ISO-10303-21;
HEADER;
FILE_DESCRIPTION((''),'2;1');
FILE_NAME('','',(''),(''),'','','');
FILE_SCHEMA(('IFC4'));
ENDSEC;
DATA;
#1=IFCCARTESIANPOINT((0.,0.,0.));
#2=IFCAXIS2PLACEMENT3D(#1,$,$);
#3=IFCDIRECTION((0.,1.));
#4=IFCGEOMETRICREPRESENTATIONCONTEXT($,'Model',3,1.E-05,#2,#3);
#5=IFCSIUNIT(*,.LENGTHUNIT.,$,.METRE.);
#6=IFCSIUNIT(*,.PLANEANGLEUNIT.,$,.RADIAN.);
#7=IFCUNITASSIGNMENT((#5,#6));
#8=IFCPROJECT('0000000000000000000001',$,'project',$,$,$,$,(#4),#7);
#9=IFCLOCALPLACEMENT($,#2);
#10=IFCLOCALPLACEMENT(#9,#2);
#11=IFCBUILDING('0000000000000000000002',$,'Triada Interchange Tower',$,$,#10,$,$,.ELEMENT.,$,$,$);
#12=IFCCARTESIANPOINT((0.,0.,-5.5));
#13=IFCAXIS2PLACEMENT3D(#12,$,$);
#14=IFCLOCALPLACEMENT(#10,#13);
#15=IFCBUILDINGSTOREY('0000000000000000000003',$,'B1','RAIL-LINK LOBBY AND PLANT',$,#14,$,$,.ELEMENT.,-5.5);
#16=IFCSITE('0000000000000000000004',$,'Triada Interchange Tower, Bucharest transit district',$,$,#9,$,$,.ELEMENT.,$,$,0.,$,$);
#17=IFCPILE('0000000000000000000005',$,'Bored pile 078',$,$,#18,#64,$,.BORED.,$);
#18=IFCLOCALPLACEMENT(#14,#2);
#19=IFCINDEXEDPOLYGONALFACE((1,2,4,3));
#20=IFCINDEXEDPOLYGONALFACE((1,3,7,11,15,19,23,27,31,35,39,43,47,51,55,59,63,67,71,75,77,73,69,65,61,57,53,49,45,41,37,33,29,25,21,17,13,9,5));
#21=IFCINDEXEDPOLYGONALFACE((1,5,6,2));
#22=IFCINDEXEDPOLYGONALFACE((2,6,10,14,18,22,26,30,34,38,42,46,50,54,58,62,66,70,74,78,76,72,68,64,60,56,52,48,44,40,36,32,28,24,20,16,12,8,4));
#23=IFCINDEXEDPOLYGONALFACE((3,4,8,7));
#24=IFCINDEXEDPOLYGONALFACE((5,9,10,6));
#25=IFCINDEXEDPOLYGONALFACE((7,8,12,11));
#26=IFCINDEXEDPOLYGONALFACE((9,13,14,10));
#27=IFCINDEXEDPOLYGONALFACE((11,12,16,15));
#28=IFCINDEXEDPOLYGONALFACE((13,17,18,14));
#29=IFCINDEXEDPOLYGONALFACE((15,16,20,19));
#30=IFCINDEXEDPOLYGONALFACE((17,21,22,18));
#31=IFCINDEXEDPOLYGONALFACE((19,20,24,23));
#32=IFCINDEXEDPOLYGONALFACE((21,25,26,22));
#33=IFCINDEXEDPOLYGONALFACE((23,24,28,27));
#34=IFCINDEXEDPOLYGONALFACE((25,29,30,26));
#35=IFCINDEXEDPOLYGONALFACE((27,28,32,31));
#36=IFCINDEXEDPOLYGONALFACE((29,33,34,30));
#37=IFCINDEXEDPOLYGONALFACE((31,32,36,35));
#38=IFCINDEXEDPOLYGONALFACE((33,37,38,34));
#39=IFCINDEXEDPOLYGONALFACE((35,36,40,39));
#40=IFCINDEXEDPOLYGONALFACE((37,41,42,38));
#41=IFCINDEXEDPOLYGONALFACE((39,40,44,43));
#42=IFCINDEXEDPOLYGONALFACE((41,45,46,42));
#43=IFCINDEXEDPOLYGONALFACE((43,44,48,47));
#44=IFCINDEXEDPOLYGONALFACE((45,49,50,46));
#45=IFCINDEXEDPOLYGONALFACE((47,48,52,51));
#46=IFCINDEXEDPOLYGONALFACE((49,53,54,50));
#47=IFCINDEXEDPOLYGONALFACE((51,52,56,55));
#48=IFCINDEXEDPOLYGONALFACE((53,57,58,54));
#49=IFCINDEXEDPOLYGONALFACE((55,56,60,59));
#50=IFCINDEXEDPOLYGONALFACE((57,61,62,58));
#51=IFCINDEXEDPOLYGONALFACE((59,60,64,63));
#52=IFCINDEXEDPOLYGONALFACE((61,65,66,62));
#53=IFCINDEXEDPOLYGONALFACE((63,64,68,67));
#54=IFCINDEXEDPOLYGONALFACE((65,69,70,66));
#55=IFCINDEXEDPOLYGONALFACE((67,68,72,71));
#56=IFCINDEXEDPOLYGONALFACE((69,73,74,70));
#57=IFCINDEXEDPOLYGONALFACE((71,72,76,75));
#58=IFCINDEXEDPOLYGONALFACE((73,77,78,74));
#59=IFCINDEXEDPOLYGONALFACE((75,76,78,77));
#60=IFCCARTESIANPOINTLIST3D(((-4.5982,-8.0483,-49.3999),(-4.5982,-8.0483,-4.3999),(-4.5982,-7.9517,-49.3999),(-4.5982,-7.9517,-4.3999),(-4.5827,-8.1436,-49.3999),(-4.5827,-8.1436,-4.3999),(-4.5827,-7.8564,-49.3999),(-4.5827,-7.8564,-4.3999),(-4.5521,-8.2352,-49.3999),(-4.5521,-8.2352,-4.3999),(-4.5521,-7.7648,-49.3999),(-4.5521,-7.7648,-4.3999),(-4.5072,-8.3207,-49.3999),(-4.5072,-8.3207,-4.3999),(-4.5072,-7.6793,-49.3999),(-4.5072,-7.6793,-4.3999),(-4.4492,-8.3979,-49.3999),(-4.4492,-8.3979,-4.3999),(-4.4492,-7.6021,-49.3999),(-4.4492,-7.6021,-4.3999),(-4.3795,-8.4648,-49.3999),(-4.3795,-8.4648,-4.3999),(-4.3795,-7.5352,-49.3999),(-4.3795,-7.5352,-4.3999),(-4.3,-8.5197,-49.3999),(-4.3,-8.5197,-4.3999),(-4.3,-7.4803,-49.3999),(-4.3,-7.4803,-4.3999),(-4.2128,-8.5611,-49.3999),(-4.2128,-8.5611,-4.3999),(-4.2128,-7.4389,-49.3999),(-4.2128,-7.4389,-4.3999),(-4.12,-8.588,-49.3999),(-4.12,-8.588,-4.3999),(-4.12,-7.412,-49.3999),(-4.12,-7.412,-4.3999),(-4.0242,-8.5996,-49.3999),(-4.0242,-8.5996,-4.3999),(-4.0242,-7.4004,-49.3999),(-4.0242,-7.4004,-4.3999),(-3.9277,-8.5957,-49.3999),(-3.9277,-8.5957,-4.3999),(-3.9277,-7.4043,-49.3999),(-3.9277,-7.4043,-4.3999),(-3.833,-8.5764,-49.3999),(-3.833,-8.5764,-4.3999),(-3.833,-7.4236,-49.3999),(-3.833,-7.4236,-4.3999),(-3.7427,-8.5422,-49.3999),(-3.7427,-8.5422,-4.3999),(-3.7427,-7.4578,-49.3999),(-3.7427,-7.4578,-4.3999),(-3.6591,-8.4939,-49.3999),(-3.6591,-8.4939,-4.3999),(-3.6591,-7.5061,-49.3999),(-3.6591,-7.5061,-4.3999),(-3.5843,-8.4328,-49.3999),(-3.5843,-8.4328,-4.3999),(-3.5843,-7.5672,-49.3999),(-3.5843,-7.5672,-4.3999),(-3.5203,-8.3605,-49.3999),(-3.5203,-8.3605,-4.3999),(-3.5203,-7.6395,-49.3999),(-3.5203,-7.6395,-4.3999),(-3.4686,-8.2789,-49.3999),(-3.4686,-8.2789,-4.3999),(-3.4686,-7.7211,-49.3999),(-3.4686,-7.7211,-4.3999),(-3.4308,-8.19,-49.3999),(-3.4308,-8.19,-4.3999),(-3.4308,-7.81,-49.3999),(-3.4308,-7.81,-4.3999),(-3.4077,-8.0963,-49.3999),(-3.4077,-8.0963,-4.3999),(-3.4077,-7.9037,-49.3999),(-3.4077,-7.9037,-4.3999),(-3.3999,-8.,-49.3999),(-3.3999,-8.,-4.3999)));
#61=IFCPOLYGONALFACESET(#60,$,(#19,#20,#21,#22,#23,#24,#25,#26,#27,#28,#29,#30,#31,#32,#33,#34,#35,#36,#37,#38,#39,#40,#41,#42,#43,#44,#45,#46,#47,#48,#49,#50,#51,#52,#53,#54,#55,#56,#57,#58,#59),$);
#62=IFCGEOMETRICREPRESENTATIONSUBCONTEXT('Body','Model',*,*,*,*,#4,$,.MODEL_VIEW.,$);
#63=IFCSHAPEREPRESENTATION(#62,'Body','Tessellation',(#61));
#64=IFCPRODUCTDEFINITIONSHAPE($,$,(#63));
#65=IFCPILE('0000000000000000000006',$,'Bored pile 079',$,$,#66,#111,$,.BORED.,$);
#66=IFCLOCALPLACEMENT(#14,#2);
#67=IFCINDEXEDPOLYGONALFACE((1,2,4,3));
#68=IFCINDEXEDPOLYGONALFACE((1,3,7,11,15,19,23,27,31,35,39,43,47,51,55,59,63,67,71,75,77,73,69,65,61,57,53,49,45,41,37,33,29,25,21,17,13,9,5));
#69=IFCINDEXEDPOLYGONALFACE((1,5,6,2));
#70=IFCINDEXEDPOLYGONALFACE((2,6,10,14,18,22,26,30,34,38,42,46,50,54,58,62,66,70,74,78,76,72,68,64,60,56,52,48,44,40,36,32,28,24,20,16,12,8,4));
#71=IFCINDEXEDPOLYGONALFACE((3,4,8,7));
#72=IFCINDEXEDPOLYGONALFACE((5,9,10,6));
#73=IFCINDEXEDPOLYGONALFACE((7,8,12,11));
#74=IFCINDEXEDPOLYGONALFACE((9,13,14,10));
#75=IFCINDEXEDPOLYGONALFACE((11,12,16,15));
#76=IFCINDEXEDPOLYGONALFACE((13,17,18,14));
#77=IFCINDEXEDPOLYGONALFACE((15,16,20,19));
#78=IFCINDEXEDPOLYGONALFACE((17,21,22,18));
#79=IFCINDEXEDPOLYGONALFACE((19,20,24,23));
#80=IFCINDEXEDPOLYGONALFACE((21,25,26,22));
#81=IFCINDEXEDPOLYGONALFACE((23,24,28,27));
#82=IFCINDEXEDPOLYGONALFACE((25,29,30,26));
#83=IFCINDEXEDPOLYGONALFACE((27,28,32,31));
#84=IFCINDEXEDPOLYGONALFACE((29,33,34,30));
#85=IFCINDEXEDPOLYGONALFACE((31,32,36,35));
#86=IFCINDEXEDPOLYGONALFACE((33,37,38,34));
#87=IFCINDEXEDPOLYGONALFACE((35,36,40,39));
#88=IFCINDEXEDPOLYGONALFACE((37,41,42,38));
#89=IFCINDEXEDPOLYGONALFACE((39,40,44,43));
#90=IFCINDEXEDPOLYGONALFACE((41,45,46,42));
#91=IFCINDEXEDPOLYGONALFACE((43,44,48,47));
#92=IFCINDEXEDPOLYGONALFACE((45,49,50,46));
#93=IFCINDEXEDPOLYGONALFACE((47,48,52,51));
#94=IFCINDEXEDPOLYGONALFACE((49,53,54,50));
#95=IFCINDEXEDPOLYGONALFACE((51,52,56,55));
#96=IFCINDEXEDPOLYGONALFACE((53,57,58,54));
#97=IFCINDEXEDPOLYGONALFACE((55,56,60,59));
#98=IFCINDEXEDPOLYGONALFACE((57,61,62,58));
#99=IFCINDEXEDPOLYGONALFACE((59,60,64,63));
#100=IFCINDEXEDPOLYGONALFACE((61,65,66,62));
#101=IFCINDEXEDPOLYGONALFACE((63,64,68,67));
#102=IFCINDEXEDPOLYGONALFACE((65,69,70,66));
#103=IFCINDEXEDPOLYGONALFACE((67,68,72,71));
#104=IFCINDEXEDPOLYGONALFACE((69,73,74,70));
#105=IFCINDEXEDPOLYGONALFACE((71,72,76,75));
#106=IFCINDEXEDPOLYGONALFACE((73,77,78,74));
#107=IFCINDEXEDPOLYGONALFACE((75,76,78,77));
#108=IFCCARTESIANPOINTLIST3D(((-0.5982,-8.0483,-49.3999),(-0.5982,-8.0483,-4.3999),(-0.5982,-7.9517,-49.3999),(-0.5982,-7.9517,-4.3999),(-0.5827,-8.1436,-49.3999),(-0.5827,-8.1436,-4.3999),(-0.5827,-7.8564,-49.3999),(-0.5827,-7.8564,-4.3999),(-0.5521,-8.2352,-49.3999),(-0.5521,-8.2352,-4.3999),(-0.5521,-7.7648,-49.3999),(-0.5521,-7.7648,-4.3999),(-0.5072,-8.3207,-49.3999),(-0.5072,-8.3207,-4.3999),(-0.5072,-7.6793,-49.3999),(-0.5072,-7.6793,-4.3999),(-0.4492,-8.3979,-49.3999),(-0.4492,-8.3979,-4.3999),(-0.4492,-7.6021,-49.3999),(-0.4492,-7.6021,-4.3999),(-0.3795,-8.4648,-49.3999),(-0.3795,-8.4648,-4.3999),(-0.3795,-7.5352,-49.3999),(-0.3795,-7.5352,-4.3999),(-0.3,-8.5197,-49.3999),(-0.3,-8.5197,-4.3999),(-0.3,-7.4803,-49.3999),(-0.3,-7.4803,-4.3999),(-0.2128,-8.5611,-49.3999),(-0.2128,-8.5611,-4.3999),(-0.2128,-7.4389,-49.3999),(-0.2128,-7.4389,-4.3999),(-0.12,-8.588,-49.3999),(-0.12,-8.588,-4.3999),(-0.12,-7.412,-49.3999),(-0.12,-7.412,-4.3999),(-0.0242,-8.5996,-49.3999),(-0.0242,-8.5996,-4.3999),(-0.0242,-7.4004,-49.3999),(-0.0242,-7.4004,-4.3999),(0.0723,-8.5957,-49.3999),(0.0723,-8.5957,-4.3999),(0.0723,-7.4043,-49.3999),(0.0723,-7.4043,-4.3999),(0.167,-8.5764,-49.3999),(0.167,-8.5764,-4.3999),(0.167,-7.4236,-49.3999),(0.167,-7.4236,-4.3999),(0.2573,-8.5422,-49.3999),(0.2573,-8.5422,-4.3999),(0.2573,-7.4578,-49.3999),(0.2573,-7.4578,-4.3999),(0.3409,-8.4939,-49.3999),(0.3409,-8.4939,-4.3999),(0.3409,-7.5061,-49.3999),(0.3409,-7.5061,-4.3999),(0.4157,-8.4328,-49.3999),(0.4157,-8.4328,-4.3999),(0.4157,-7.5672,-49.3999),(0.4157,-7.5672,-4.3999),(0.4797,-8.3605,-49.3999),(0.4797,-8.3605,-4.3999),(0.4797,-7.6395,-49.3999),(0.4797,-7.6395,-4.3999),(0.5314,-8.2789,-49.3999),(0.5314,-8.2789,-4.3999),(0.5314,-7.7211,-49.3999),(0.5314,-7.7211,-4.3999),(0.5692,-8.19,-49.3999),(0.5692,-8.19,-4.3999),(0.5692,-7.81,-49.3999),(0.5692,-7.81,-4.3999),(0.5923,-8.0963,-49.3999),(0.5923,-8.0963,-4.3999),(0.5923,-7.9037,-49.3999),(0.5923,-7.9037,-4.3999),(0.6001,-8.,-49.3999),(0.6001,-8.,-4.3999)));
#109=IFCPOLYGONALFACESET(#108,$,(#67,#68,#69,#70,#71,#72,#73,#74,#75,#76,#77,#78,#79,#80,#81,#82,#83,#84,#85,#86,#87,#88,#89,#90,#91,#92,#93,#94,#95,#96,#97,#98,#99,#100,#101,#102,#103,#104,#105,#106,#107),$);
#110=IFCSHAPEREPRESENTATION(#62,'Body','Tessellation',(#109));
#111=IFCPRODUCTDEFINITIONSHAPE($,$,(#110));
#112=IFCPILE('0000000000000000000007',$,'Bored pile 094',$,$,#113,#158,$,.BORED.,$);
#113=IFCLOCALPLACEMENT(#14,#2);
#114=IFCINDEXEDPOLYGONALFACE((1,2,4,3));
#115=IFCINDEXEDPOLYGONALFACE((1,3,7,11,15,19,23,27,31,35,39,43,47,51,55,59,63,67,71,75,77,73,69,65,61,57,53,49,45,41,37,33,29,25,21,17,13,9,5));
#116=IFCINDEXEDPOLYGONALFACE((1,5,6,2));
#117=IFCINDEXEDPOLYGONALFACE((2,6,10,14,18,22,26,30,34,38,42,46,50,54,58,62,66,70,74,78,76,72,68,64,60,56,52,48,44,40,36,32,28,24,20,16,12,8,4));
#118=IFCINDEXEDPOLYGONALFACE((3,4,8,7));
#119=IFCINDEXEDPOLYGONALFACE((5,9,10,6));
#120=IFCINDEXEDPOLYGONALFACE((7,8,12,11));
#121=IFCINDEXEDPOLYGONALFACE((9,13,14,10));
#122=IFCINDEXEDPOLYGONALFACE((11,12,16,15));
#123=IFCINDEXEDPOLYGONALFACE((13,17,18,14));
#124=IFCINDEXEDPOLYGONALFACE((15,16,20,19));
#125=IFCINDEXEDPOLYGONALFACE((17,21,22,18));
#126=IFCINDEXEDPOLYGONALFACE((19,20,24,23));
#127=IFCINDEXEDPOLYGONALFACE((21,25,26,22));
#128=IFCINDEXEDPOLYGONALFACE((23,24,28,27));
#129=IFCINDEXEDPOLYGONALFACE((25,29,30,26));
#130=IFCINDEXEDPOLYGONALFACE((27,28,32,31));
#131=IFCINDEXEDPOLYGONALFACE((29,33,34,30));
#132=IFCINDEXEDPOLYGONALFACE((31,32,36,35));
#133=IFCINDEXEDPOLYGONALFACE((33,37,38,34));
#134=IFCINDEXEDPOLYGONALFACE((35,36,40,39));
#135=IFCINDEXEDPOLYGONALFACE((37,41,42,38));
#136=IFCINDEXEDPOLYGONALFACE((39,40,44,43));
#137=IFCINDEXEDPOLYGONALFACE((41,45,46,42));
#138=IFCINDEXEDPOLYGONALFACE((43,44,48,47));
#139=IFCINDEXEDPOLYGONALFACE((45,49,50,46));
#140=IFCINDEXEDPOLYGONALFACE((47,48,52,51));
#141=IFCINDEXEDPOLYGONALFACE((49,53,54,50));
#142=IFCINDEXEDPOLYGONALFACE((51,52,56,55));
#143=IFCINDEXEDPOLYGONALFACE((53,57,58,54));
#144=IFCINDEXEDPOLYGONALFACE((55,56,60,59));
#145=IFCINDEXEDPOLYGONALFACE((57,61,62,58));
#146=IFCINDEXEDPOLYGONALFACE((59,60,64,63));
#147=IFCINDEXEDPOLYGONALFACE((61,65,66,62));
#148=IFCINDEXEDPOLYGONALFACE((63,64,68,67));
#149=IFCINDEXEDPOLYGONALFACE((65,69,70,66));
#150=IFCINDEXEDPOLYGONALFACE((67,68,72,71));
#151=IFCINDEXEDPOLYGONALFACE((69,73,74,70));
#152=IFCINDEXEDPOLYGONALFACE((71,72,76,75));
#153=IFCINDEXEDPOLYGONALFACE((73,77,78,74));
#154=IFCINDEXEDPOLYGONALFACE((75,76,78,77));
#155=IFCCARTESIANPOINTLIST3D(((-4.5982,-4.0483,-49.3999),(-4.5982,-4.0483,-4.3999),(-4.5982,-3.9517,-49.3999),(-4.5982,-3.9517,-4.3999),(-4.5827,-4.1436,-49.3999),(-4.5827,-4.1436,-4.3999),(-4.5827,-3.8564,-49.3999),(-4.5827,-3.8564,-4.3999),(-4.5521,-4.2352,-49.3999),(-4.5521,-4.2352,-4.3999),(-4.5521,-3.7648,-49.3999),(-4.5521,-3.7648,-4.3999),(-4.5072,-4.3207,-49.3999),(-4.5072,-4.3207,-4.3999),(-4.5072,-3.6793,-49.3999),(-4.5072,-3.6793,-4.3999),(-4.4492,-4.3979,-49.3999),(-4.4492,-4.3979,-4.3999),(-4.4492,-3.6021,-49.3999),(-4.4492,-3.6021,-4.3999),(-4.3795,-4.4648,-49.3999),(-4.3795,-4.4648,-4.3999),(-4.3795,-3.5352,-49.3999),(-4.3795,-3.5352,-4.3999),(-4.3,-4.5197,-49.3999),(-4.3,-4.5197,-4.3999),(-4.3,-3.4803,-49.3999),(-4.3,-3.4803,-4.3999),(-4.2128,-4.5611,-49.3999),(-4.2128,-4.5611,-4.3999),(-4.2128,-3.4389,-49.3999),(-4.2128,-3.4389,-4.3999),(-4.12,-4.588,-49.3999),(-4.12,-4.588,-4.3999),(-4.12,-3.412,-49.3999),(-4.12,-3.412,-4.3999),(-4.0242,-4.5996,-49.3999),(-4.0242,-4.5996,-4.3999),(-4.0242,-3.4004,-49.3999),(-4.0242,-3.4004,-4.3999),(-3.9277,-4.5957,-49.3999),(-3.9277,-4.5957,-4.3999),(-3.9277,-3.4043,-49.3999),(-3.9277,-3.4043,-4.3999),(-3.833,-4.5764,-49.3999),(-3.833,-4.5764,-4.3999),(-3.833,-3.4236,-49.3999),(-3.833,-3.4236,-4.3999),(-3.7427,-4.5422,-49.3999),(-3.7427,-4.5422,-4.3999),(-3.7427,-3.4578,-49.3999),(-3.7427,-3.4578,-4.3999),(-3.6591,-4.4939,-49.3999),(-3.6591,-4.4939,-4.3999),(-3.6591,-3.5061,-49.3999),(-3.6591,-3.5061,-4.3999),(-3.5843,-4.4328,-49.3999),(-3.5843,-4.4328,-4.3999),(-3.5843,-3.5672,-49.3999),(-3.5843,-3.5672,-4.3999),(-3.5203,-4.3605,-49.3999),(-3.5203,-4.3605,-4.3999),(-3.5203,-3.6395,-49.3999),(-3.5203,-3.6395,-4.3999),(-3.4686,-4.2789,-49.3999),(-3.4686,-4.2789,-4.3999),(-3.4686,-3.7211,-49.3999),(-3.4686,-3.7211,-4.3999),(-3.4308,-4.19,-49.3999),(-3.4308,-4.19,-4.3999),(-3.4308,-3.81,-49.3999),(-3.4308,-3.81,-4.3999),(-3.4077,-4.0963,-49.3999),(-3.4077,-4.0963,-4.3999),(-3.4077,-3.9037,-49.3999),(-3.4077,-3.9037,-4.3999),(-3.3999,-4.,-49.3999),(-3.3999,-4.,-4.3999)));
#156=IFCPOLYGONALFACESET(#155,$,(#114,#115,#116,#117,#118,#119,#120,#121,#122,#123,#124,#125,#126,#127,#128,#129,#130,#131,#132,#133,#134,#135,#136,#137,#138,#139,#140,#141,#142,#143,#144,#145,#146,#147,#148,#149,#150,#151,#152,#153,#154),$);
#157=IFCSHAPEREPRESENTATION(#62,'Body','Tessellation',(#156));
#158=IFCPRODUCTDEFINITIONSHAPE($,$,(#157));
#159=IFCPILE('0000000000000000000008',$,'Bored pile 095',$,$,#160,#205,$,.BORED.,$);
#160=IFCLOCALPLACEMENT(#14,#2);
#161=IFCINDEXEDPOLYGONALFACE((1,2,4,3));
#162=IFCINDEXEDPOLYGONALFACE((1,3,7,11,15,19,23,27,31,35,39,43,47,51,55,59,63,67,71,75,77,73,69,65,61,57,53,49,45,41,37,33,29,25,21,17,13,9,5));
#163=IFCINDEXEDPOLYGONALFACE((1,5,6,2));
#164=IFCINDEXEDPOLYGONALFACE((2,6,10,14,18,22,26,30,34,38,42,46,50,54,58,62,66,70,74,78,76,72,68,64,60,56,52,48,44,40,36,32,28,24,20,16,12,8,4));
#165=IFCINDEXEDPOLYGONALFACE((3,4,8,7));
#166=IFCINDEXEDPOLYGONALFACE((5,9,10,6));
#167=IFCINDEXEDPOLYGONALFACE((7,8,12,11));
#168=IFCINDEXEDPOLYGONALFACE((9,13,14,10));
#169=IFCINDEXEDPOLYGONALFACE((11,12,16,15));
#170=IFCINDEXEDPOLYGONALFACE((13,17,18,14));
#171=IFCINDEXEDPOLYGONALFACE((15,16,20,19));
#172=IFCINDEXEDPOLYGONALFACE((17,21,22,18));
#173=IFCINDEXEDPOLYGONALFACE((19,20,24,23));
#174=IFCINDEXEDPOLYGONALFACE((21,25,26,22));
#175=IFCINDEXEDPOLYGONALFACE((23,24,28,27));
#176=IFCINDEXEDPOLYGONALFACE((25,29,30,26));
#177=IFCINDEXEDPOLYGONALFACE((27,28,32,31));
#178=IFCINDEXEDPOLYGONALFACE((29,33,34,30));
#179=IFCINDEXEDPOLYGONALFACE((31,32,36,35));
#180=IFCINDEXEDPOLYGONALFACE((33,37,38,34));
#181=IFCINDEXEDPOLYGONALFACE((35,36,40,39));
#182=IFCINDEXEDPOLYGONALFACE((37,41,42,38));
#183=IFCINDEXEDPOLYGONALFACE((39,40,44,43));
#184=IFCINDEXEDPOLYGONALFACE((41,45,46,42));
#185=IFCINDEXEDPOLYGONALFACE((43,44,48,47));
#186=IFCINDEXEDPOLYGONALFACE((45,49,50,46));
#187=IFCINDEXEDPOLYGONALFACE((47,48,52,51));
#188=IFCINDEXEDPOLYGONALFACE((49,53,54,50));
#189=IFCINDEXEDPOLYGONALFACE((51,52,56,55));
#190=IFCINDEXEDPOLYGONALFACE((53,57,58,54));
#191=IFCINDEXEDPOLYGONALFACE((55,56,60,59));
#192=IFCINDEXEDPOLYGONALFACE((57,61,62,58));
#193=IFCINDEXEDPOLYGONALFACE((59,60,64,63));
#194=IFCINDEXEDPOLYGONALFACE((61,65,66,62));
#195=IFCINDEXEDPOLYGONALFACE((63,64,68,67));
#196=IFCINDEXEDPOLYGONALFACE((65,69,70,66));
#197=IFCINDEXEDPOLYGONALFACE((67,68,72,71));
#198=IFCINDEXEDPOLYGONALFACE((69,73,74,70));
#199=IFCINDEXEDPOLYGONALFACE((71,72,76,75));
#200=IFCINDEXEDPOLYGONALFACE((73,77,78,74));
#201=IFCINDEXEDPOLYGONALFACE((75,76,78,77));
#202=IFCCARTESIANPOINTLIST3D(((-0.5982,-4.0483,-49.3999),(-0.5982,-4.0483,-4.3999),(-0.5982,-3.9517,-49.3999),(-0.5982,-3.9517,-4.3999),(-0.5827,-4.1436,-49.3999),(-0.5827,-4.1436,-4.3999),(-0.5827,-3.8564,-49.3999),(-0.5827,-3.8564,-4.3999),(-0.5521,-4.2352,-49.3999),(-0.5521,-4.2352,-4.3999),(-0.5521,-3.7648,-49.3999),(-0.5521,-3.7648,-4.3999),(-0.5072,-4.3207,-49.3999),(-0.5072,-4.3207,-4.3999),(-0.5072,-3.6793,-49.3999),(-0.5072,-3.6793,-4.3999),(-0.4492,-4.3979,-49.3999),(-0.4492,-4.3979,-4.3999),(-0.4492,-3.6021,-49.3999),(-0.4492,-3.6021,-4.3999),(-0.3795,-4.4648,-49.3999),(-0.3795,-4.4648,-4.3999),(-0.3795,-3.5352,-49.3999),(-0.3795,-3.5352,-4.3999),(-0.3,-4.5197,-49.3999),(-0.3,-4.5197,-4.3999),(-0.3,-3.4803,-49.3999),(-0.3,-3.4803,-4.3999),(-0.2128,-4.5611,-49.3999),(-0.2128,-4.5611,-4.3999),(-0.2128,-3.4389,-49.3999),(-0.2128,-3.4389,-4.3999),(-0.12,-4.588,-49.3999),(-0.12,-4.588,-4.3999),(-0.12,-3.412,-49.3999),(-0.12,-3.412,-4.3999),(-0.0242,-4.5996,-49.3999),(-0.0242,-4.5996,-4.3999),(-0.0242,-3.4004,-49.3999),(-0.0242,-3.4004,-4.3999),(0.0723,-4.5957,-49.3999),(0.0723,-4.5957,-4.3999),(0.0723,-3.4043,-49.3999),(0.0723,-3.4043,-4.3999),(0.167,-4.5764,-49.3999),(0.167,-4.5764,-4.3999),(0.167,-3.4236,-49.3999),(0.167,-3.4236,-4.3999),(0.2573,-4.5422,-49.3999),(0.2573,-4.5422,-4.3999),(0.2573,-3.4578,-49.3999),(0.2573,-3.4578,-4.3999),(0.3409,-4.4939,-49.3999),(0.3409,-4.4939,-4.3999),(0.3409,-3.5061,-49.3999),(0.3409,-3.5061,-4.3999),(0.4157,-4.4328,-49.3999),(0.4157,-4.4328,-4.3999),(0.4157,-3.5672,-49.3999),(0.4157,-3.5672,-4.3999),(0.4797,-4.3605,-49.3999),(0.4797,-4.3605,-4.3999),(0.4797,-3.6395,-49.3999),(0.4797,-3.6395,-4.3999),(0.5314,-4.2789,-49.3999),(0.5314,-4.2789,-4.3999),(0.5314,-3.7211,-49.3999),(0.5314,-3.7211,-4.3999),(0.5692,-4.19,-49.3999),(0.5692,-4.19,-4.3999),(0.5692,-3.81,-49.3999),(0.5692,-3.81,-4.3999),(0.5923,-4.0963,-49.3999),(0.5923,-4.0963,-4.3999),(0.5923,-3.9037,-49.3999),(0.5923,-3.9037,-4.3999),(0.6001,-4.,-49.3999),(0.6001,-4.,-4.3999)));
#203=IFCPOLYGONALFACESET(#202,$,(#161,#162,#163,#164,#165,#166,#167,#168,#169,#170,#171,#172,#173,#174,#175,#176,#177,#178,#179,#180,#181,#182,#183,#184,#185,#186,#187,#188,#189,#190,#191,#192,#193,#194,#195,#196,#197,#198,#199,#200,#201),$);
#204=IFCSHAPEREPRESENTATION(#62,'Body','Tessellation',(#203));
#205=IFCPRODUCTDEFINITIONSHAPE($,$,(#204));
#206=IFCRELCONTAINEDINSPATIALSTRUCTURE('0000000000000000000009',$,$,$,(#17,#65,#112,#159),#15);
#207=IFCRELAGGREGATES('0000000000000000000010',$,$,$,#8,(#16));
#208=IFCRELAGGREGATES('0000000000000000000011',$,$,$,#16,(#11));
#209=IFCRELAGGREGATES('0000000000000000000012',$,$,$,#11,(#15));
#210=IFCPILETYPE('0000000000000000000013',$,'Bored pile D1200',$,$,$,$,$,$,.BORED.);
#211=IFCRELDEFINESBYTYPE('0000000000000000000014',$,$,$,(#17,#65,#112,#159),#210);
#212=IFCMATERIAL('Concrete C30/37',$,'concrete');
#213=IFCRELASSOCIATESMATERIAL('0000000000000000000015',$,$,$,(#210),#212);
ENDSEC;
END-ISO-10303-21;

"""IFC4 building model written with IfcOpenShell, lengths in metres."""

from ifc_helpers import new_model, si_unit, direction, frame, origin, origin_2d, place, context, subcontext, project, spatial, circle, extrude, material, material_profile, profile_set, type_object, element, save


model = new_model("IFC4")

# Units and contexts
model_context = context("Model", 3, precision=1e-05, world=origin(), true_north=direction((0.0, 1.0)))
body_context = subcontext(model_context, "Body", "Model", "MODEL_VIEW")
ifc_project = project(units=[si_unit("LENGTHUNIT", "METRE"), si_unit("PLANEANGLEUNIT", "RADIAN")], contexts=[model_context])

# Site, building, storey
site_placement = place(None, origin())
site = spatial("IfcSite", under=ifc_project, at=site_placement, Name="Triada Interchange Tower, Bucharest transit district", CompositionType="ELEMENT", RefElevation=0.0)
building_placement = place(site_placement, origin())
building = spatial("IfcBuilding", under=site, at=building_placement, Name="Triada Interchange Tower", CompositionType="ELEMENT")
storey_placement = place(building_placement, frame((0.0, 0.0, -5.5)))
storey = spatial("IfcBuildingStorey", under=building, at=storey_placement, Name="B1", Description="RAIL-LINK LOBBY AND PLANT", CompositionType="ELEMENT", Elevation=-5.5)

# Piles
ifc_material_1 = material(Name="Concrete C30/37", Category="concrete")
ifc_material_profile = material_profile(ifc_material_1, circle(Radius=0.6001, at=origin_2d()), Name="RC D1200")
ifc_profile_set = profile_set([ifc_material_profile], Name="Concrete C30/37")
pile_type = type_object("IfcPileType", Name="Bored pile D1200", PredefinedType="BORED", material=ifc_profile_set)
for number, where, z_axis, x_axis, name in (
    (1, (-4.0, -8.0, -4.3999), (0.0, 0.0, -1.0), (1.0, 0.0, 0.0), "Bored pile 078"),
    (2, (0.0, -8.0, -4.3999), (0.0, 0.0, -1.0), (1.0, 0.0, 0.0), "Bored pile 079"),
    (3, (-4.0, -4.0, -4.3999), (0.0, 0.0, -1.0), (1.0, 0.0, 0.0), "Bored pile 094"),
    (4, (0.0, -4.0, -4.3999), (0.0, 0.0, -1.0), (1.0, 0.0, 0.0), "Bored pile 095"),
):
    element("IfcPile", number, at=place(storey_placement, frame(where, z_axis=z_axis, x_axis=x_axis)), inside=storey, type_object=pile_type, Name=name, PredefinedType="BORED", context=body_context, shape_type="SweptSolid", body=[
        extrude(circle(Radius=0.6001, at=origin_2d()), origin(), (0.0, 0.0, 1.0), 45.0),
    ])

save(model, "model.ifc")
